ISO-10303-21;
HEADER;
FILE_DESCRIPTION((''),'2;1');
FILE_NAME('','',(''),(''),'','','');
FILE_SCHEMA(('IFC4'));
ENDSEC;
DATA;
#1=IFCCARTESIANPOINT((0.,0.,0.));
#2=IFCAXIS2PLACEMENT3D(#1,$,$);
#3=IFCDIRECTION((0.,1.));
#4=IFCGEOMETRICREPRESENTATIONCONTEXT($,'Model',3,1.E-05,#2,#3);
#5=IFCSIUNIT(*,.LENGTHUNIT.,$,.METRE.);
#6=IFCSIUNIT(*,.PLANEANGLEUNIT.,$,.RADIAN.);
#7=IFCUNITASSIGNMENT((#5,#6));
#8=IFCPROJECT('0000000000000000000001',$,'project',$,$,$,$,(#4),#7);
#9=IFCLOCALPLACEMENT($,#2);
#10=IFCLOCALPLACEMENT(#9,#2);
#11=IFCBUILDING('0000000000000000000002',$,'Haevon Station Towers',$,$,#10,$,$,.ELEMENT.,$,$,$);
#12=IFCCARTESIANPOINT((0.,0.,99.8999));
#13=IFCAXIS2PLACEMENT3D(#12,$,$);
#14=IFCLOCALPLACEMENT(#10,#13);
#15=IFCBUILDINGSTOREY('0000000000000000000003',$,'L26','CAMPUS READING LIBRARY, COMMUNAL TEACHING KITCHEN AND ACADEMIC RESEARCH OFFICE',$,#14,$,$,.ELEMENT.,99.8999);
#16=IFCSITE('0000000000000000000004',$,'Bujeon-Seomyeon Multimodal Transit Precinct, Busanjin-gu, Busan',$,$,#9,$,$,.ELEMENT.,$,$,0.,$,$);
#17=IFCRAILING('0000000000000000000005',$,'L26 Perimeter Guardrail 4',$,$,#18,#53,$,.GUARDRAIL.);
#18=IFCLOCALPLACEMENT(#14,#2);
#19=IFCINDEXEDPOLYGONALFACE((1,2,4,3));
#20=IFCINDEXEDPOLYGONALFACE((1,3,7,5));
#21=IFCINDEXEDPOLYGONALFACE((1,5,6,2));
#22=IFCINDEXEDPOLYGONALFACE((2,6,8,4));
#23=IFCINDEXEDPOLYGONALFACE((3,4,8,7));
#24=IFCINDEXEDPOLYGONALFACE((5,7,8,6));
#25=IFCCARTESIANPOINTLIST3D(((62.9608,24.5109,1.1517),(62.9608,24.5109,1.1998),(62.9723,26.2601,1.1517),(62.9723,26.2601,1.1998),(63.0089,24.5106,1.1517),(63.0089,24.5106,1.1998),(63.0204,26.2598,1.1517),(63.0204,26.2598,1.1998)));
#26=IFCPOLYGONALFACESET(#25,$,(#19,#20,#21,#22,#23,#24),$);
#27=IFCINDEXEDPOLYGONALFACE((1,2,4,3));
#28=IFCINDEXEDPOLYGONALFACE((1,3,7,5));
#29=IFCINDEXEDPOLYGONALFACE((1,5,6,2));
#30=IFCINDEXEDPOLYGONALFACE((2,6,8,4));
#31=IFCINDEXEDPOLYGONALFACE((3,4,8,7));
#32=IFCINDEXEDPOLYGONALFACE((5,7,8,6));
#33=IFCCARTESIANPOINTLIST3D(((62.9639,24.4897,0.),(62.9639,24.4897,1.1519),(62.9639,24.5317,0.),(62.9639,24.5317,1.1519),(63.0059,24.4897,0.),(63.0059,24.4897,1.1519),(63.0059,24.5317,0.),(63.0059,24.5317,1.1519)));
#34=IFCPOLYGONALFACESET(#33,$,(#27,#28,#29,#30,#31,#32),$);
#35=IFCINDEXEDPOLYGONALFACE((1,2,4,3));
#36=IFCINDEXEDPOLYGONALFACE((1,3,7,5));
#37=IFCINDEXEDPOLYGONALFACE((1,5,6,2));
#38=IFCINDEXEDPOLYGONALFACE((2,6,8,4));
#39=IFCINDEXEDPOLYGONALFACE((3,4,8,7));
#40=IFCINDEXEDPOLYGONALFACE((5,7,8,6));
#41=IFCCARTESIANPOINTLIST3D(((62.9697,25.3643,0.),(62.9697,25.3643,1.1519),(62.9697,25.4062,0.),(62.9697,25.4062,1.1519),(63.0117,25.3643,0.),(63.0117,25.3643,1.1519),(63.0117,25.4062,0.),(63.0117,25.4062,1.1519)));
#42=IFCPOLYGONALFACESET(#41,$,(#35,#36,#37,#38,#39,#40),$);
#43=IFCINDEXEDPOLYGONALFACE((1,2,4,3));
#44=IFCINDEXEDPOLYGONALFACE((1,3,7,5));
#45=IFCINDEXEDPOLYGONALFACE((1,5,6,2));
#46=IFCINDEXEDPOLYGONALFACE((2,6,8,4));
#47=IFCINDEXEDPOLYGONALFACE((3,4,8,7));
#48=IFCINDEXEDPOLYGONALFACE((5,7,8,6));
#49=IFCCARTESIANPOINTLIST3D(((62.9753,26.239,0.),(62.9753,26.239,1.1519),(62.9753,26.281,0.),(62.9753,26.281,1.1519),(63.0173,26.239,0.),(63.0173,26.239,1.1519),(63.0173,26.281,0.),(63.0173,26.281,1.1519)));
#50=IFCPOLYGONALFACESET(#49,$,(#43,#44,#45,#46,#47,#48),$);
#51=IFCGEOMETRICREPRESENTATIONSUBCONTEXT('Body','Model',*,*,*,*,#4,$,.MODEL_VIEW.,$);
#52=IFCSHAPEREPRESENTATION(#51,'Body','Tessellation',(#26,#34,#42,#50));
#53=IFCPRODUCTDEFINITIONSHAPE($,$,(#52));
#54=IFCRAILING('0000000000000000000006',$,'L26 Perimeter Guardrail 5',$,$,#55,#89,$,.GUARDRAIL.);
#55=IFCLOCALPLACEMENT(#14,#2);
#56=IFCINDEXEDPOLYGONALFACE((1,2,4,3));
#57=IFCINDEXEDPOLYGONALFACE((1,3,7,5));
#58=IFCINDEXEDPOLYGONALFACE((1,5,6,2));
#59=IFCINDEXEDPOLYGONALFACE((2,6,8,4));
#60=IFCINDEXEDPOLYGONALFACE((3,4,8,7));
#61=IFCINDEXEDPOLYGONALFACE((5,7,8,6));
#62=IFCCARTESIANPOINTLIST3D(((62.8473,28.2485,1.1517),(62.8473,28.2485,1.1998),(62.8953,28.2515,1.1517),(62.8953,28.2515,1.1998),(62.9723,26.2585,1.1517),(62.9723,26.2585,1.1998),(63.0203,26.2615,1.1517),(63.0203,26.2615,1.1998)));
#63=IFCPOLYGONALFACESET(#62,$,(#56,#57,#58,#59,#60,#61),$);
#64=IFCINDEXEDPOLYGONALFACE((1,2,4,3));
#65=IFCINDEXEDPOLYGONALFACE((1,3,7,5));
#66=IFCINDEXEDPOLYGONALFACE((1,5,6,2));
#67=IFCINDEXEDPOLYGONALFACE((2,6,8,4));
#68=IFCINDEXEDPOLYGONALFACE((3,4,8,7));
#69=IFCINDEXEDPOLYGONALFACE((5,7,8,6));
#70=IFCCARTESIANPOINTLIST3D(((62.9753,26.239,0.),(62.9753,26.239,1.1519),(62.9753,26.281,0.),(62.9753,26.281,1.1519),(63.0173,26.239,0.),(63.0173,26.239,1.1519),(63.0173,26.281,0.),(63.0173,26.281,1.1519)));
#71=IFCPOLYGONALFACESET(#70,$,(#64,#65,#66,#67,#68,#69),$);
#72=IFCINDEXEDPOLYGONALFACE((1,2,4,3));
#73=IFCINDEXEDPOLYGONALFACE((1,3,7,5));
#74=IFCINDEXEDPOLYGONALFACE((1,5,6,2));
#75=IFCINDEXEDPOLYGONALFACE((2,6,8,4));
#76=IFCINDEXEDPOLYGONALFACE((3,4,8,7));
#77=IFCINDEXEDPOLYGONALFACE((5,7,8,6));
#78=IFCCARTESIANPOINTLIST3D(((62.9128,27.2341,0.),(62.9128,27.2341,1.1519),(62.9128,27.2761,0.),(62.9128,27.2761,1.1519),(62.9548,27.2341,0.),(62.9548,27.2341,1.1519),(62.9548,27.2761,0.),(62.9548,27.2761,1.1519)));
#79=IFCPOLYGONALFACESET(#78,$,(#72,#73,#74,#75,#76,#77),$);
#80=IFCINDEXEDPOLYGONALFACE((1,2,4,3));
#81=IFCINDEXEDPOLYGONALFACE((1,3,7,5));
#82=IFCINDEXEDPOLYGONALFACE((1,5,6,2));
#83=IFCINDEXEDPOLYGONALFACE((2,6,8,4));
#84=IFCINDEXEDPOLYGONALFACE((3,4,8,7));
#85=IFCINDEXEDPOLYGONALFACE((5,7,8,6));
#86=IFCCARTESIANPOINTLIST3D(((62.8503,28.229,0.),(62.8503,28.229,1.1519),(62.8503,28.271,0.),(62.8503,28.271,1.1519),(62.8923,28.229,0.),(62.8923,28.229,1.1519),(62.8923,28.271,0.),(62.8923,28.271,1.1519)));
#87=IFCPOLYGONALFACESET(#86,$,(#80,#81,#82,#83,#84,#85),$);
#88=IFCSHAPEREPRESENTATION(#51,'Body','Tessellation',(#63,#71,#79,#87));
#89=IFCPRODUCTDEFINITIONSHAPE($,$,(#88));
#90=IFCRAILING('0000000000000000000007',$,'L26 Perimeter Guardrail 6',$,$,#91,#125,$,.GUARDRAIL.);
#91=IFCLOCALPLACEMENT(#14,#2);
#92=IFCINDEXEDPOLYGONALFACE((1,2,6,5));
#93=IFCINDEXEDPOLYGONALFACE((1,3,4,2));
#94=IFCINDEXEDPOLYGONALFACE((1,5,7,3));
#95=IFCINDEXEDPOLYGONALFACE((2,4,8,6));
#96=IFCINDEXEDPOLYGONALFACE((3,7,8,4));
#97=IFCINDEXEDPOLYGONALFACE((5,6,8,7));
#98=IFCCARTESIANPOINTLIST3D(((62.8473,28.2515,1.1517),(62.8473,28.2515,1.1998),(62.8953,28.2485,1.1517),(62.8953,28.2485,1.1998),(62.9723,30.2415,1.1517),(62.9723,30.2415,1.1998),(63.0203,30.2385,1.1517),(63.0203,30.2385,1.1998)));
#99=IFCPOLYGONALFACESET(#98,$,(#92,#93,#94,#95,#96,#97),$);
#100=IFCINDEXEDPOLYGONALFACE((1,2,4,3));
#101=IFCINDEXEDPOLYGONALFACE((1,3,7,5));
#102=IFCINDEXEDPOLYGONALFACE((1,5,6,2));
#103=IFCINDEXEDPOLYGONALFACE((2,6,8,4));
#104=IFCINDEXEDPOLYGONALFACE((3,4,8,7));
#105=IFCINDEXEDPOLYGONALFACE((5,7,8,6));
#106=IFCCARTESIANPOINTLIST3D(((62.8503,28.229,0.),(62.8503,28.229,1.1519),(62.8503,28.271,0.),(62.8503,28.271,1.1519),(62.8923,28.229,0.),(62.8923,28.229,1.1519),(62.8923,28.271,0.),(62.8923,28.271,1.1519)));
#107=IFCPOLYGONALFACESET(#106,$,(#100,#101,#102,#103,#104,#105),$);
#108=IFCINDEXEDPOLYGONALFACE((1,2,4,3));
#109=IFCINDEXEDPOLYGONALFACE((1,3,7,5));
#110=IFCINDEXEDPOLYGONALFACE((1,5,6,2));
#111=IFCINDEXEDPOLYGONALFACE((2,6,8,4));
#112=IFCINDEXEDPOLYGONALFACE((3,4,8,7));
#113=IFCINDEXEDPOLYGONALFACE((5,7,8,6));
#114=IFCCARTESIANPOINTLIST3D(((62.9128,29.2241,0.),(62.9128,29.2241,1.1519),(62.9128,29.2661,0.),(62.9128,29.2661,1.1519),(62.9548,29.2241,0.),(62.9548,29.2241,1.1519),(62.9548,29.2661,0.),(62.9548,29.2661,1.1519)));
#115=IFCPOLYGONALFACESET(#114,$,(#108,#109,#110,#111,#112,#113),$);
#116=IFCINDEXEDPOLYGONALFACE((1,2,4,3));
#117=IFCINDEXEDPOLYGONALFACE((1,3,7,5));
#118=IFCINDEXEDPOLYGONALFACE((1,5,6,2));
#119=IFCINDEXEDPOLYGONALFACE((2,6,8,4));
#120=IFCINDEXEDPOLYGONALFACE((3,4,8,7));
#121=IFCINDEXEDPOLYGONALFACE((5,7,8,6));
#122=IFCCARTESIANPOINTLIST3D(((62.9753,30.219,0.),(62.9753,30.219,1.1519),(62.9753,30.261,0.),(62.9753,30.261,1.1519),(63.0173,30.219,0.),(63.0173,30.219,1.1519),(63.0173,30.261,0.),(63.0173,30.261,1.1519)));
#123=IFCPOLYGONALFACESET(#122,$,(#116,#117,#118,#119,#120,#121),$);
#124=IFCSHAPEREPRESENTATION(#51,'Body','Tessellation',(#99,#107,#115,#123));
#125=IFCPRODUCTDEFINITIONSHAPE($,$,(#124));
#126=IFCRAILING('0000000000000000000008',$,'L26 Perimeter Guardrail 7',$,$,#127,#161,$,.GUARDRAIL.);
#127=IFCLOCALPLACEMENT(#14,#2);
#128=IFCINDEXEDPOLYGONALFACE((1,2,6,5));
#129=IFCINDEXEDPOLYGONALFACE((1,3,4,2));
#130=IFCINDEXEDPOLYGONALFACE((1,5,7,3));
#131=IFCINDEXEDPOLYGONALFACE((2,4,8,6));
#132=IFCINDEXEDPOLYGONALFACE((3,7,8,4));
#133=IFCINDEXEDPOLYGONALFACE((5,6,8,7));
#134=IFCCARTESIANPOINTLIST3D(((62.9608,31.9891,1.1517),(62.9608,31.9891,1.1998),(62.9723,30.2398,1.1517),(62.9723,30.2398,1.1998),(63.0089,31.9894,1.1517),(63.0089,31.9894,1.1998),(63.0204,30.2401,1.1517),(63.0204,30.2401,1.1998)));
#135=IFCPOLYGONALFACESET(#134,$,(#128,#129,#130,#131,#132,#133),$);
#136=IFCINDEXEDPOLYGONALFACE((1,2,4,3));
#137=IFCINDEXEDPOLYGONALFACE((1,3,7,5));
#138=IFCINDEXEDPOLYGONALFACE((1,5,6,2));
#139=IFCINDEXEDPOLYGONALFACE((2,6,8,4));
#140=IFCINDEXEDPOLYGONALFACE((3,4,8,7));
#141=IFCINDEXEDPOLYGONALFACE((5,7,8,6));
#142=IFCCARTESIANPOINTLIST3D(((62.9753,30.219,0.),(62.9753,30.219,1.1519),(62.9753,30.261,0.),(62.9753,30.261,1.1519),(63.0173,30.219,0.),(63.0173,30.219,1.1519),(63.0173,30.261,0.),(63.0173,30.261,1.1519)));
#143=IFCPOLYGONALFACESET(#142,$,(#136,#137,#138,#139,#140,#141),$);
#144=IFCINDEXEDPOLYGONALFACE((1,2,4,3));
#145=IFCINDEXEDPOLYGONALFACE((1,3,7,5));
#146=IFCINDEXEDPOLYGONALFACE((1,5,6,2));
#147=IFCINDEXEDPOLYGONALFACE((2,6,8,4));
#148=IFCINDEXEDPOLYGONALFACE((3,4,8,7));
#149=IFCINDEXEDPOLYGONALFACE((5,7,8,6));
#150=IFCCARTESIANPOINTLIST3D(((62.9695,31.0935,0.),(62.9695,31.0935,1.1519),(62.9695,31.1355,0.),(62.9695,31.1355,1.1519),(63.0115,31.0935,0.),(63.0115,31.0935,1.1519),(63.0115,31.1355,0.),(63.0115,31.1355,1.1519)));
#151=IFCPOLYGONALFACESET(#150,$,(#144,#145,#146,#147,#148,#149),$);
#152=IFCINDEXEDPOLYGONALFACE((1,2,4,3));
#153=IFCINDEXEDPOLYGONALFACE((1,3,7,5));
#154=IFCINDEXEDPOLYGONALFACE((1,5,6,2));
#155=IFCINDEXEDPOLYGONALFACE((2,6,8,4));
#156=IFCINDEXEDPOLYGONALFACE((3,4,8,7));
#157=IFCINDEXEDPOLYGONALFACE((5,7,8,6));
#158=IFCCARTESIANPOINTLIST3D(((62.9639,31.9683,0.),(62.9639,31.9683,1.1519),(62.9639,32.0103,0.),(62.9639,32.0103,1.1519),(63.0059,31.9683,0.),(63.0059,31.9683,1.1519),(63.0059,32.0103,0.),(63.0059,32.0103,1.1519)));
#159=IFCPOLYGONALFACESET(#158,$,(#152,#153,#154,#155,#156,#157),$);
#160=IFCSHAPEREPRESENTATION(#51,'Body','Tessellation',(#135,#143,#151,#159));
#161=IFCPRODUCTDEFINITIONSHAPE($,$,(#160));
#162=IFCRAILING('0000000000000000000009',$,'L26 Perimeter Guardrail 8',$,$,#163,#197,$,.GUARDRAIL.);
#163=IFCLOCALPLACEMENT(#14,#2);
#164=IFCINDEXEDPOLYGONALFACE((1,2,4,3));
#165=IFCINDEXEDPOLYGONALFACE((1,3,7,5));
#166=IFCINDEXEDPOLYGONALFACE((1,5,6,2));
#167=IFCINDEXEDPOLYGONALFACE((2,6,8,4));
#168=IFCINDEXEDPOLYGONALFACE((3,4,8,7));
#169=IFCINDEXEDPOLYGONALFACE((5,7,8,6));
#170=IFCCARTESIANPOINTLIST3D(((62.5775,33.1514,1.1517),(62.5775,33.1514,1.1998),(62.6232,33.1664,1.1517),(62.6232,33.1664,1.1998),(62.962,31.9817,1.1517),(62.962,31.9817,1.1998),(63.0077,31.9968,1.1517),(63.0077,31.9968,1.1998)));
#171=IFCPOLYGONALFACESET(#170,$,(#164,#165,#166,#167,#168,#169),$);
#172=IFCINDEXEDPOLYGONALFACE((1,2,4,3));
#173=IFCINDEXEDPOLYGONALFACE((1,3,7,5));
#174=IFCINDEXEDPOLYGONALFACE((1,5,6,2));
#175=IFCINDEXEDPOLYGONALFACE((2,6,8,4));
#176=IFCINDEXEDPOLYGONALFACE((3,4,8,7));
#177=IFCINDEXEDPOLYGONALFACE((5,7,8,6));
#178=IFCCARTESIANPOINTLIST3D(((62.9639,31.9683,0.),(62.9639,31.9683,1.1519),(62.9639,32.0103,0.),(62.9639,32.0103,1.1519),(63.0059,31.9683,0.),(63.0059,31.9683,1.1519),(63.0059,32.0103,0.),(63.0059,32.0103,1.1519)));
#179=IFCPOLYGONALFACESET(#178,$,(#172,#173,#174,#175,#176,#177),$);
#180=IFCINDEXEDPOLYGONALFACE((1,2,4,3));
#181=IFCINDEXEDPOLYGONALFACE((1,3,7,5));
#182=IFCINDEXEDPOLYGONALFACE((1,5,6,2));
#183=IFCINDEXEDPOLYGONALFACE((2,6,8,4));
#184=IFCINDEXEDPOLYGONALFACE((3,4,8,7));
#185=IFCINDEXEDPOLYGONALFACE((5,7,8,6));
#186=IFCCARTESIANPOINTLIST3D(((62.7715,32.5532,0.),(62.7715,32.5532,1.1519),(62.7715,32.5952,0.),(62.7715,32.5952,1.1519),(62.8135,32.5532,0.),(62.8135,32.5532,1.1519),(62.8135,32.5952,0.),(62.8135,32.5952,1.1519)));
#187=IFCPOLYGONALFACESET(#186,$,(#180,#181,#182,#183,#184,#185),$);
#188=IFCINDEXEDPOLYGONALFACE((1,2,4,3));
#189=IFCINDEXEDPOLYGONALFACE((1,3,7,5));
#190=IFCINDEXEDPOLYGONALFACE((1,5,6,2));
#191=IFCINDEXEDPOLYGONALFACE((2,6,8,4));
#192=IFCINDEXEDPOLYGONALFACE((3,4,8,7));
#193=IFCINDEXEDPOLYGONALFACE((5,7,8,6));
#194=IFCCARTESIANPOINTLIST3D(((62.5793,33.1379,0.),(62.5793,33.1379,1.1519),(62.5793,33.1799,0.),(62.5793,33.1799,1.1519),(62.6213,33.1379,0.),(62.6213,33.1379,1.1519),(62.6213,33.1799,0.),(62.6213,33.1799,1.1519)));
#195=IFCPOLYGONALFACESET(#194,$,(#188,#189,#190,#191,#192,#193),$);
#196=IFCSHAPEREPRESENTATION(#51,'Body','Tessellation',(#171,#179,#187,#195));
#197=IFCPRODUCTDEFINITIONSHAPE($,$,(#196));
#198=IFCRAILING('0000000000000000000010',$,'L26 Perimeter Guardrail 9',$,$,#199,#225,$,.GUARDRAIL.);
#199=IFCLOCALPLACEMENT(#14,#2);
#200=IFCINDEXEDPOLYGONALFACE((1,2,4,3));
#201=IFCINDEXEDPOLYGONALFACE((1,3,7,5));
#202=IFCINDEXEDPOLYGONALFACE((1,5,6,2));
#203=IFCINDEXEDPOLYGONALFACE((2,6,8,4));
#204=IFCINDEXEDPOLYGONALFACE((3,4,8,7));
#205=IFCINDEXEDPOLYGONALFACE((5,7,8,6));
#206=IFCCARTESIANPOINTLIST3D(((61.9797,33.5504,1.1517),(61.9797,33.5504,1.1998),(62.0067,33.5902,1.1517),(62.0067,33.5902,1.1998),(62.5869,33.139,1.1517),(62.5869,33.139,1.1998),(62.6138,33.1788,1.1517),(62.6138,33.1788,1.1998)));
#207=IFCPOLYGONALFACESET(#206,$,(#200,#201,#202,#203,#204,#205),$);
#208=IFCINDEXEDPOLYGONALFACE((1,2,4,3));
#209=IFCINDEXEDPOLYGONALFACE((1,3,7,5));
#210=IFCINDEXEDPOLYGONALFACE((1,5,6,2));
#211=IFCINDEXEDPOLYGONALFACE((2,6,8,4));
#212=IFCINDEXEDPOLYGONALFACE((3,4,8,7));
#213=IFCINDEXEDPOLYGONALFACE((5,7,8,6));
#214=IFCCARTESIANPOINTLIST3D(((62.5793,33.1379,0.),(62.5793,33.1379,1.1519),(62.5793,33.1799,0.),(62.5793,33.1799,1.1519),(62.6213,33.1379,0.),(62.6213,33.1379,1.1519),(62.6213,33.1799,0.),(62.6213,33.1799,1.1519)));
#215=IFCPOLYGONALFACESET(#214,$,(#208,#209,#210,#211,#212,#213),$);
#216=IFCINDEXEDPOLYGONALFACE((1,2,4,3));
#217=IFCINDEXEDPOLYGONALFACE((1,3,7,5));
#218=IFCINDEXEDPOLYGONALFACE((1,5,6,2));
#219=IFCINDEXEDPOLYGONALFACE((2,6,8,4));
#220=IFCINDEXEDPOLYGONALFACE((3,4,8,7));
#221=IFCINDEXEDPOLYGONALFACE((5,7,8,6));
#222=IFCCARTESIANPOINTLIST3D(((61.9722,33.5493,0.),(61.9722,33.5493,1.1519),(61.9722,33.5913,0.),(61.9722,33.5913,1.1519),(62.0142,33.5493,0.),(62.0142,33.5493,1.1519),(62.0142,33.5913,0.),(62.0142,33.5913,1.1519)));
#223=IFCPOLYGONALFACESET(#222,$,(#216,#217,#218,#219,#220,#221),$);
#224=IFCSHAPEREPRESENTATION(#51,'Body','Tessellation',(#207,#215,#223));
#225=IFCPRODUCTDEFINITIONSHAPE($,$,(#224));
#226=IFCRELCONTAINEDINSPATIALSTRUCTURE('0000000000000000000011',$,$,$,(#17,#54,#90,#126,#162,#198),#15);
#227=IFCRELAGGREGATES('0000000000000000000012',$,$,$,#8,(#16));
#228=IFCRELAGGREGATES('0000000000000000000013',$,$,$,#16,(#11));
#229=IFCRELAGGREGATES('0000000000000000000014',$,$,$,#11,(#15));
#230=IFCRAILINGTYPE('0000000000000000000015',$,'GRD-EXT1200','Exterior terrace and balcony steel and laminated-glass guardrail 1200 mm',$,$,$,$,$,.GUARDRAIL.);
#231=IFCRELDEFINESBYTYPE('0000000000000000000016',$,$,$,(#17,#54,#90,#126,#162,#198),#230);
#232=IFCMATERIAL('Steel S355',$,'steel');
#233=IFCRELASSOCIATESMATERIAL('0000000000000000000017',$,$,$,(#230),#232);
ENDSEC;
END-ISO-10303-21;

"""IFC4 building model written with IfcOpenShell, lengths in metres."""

from ifc_helpers import new_model, si_unit, direction, frame, origin, origin_2d, place, context, subcontext, project, spatial, rectangle, extrude, material, type_object, element, save


model = new_model("IFC4")

# Units and contexts
model_context = context("Model", 3, precision=1e-05, world=origin(), true_north=direction((0.0, 1.0)))
body_context = subcontext(model_context, "Body", "Model", "MODEL_VIEW")
ifc_project = project(units=[si_unit("LENGTHUNIT", "METRE"), si_unit("PLANEANGLEUNIT", "RADIAN")], contexts=[model_context])

# Site, building, storey
site_placement = place(None, origin())
site = spatial("IfcSite", under=ifc_project, at=site_placement, Name="Bujeon-Seomyeon Multimodal Transit Precinct, Busanjin-gu, Busan", CompositionType="ELEMENT", RefElevation=0.0)
building_placement = place(site_placement, origin())
building = spatial("IfcBuilding", under=site, at=building_placement, Name="Haevon Station Towers", CompositionType="ELEMENT")
storey_placement = place(building_placement, frame((0.0, 0.0, 99.8999)))
storey = spatial("IfcBuildingStorey", under=building, at=storey_placement, Name="L26", Description="CAMPUS READING LIBRARY, COMMUNAL TEACHING KITCHEN AND ACADEMIC RESEARCH OFFICE", CompositionType="ELEMENT", Elevation=99.8999)

# Shared definitions
ifc_material_1 = material(Name="Steel S355", Category="steel")

# Railings
railing_type = type_object("IfcRailingType", Name="GRD-EXT1200", Description="Exterior terrace and balcony steel and laminated-glass guardrail 1200 mm", PredefinedType="GUARDRAIL", material=ifc_material_1)
railing_1_placement = place(storey_placement, frame((62.9849, 24.5107, 0.0)))
element("IfcRailing", 1, at=railing_1_placement, inside=storey, type_object=railing_type, Name="L26 Perimeter Guardrail 4", PredefinedType="GUARDRAIL", context=body_context, shape_type="SweptSolid", body=[
    extrude(rectangle(XDim=0.0481, YDim=0.0481, at=origin_2d()), frame((0.0, 0.0, 1.1758), z_axis=(0.00656, 0.999978, 0.0), x_axis=(-0.999978, 0.00656, 0.0)), (0.0, 0.0, 1.0), 1.7493),
    extrude(rectangle(XDim=0.042, YDim=0.042, at=origin_2d()), origin(), (0.0, 0.0, 1.0), 1.1519),
    extrude(rectangle(XDim=0.042, YDim=0.042, at=origin_2d()), frame((0.0059, 0.8745, 0.0)), (0.0, 0.0, 1.0), 1.1519),
    extrude(rectangle(XDim=0.042, YDim=0.042, at=origin_2d()), frame((0.0115, 1.7493, 0.0)), (0.0, 0.0, 1.0), 1.1519),
])
railing_2_placement = place(storey_placement, frame((62.9963, 26.26, 0.0)))
element("IfcRailing", 2, at=railing_2_placement, inside=storey, type_object=railing_type, Name="L26 Perimeter Guardrail 5", PredefinedType="GUARDRAIL", context=body_context, shape_type="SweptSolid", body=[
    extrude(rectangle(XDim=0.0481, YDim=0.0481, at=origin_2d()), frame((0.0, 0.0, 1.1758), z_axis=(-0.062691, 0.998033, 0.0), x_axis=(-0.998033, -0.062691, 0.0)), (0.0, 0.0, 1.0), 1.9939),
    extrude(rectangle(XDim=0.042, YDim=0.042, at=origin_2d()), origin(), (0.0, 0.0, 1.0), 1.1519),
    extrude(rectangle(XDim=0.042, YDim=0.042, at=origin_2d()), frame((-0.0625, 0.9951, 0.0)), (0.0, 0.0, 1.0), 1.1519),
    extrude(rectangle(XDim=0.042, YDim=0.042, at=origin_2d()), frame((-0.125, 1.99, 0.0)), (0.0, 0.0, 1.0), 1.1519),
])
railing_3_placement = place(storey_placement, frame((62.8713, 28.25, 0.0)))
element("IfcRailing", 3, at=railing_3_placement, inside=storey, type_object=railing_type, Name="L26 Perimeter Guardrail 6", PredefinedType="GUARDRAIL", context=body_context, shape_type="SweptSolid", body=[
    extrude(rectangle(XDim=0.0481, YDim=0.0481, at=origin_2d()), frame((0.0, 0.0, 1.1758), z_axis=(0.062691, 0.998033, 0.0), x_axis=(-0.998033, 0.062691, 0.0)), (0.0, 0.0, 1.0), 1.9939),
    extrude(rectangle(XDim=0.042, YDim=0.042, at=origin_2d()), origin(), (0.0, 0.0, 1.0), 1.1519),
    extrude(rectangle(XDim=0.042, YDim=0.042, at=origin_2d()), frame((0.0625, 0.9951, 0.0)), (0.0, 0.0, 1.0), 1.1519),
    extrude(rectangle(XDim=0.042, YDim=0.042, at=origin_2d()), frame((0.125, 1.99, 0.0)), (0.0, 0.0, 1.0), 1.1519),
])
railing_4_placement = place(storey_placement, frame((62.9963, 30.24, 0.0)))
element("IfcRailing", 4, at=railing_4_placement, inside=storey, type_object=railing_type, Name="L26 Perimeter Guardrail 7", PredefinedType="GUARDRAIL", context=body_context, shape_type="SweptSolid", body=[
    extrude(rectangle(XDim=0.0481, YDim=0.0481, at=origin_2d()), frame((0.0, 0.0, 1.1758), z_axis=(-0.00656, 0.999978, 0.0), x_axis=(-0.999978, -0.00656, 0.0)), (0.0, 0.0, 1.0), 1.7493),
    extrude(rectangle(XDim=0.042, YDim=0.042, at=origin_2d()), origin(), (0.0, 0.0, 1.0), 1.1519),
    extrude(rectangle(XDim=0.042, YDim=0.042, at=origin_2d()), frame((-0.0059, 0.8745, 0.0)), (0.0, 0.0, 1.0), 1.1519),
    extrude(rectangle(XDim=0.042, YDim=0.042, at=origin_2d()), frame((-0.0115, 1.7493, 0.0)), (0.0, 0.0, 1.0), 1.1519),
])
railing_5_placement = place(storey_placement, frame((62.9849, 31.9893, 0.0)))
element("IfcRailing", 5, at=railing_5_placement, inside=storey, type_object=railing_type, Name="L26 Perimeter Guardrail 8", PredefinedType="GUARDRAIL", context=body_context, shape_type="SweptSolid", body=[
    extrude(rectangle(XDim=0.0481, YDim=0.0481, at=origin_2d()), frame((0.0, 0.0, 1.1758), z_axis=(-0.312299, 0.949984, 0.0), x_axis=(-0.949984, -0.312299, 0.0)), (0.0, 0.0, 1.0), 1.2312),
    extrude(rectangle(XDim=0.042, YDim=0.042, at=origin_2d()), origin(), (0.0, 0.0, 1.0), 1.1519),
    extrude(rectangle(XDim=0.042, YDim=0.042, at=origin_2d()), frame((-0.1924, 0.585, 0.0)), (0.0, 0.0, 1.0), 1.1519),
    extrude(rectangle(XDim=0.042, YDim=0.042, at=origin_2d()), frame((-0.3845, 1.1697, 0.0)), (0.0, 0.0, 1.0), 1.1519),
])
railing_6_placement = place(storey_placement, frame((62.6003, 33.1589, 0.0)))
element("IfcRailing", 6, at=railing_6_placement, inside=storey, type_object=railing_type, Name="L26 Perimeter Guardrail 9", PredefinedType="GUARDRAIL", context=body_context, shape_type="SweptSolid", body=[
    extrude(rectangle(XDim=0.0481, YDim=0.0481, at=origin_2d()), frame((0.0, 0.0, 1.1758), z_axis=(-0.827879, 0.560907, 0.0), x_axis=(-0.560907, -0.827879, 0.0)), (0.0, 0.0, 1.0), 0.7334),
    extrude(rectangle(XDim=0.042, YDim=0.042, at=origin_2d()), origin(), (0.0, 0.0, 1.0), 1.1519),
    extrude(rectangle(XDim=0.042, YDim=0.042, at=origin_2d()), frame((-0.6072, 0.4114, 0.0)), (0.0, 0.0, 1.0), 1.1519),
])

save(model, "model.ifc")
